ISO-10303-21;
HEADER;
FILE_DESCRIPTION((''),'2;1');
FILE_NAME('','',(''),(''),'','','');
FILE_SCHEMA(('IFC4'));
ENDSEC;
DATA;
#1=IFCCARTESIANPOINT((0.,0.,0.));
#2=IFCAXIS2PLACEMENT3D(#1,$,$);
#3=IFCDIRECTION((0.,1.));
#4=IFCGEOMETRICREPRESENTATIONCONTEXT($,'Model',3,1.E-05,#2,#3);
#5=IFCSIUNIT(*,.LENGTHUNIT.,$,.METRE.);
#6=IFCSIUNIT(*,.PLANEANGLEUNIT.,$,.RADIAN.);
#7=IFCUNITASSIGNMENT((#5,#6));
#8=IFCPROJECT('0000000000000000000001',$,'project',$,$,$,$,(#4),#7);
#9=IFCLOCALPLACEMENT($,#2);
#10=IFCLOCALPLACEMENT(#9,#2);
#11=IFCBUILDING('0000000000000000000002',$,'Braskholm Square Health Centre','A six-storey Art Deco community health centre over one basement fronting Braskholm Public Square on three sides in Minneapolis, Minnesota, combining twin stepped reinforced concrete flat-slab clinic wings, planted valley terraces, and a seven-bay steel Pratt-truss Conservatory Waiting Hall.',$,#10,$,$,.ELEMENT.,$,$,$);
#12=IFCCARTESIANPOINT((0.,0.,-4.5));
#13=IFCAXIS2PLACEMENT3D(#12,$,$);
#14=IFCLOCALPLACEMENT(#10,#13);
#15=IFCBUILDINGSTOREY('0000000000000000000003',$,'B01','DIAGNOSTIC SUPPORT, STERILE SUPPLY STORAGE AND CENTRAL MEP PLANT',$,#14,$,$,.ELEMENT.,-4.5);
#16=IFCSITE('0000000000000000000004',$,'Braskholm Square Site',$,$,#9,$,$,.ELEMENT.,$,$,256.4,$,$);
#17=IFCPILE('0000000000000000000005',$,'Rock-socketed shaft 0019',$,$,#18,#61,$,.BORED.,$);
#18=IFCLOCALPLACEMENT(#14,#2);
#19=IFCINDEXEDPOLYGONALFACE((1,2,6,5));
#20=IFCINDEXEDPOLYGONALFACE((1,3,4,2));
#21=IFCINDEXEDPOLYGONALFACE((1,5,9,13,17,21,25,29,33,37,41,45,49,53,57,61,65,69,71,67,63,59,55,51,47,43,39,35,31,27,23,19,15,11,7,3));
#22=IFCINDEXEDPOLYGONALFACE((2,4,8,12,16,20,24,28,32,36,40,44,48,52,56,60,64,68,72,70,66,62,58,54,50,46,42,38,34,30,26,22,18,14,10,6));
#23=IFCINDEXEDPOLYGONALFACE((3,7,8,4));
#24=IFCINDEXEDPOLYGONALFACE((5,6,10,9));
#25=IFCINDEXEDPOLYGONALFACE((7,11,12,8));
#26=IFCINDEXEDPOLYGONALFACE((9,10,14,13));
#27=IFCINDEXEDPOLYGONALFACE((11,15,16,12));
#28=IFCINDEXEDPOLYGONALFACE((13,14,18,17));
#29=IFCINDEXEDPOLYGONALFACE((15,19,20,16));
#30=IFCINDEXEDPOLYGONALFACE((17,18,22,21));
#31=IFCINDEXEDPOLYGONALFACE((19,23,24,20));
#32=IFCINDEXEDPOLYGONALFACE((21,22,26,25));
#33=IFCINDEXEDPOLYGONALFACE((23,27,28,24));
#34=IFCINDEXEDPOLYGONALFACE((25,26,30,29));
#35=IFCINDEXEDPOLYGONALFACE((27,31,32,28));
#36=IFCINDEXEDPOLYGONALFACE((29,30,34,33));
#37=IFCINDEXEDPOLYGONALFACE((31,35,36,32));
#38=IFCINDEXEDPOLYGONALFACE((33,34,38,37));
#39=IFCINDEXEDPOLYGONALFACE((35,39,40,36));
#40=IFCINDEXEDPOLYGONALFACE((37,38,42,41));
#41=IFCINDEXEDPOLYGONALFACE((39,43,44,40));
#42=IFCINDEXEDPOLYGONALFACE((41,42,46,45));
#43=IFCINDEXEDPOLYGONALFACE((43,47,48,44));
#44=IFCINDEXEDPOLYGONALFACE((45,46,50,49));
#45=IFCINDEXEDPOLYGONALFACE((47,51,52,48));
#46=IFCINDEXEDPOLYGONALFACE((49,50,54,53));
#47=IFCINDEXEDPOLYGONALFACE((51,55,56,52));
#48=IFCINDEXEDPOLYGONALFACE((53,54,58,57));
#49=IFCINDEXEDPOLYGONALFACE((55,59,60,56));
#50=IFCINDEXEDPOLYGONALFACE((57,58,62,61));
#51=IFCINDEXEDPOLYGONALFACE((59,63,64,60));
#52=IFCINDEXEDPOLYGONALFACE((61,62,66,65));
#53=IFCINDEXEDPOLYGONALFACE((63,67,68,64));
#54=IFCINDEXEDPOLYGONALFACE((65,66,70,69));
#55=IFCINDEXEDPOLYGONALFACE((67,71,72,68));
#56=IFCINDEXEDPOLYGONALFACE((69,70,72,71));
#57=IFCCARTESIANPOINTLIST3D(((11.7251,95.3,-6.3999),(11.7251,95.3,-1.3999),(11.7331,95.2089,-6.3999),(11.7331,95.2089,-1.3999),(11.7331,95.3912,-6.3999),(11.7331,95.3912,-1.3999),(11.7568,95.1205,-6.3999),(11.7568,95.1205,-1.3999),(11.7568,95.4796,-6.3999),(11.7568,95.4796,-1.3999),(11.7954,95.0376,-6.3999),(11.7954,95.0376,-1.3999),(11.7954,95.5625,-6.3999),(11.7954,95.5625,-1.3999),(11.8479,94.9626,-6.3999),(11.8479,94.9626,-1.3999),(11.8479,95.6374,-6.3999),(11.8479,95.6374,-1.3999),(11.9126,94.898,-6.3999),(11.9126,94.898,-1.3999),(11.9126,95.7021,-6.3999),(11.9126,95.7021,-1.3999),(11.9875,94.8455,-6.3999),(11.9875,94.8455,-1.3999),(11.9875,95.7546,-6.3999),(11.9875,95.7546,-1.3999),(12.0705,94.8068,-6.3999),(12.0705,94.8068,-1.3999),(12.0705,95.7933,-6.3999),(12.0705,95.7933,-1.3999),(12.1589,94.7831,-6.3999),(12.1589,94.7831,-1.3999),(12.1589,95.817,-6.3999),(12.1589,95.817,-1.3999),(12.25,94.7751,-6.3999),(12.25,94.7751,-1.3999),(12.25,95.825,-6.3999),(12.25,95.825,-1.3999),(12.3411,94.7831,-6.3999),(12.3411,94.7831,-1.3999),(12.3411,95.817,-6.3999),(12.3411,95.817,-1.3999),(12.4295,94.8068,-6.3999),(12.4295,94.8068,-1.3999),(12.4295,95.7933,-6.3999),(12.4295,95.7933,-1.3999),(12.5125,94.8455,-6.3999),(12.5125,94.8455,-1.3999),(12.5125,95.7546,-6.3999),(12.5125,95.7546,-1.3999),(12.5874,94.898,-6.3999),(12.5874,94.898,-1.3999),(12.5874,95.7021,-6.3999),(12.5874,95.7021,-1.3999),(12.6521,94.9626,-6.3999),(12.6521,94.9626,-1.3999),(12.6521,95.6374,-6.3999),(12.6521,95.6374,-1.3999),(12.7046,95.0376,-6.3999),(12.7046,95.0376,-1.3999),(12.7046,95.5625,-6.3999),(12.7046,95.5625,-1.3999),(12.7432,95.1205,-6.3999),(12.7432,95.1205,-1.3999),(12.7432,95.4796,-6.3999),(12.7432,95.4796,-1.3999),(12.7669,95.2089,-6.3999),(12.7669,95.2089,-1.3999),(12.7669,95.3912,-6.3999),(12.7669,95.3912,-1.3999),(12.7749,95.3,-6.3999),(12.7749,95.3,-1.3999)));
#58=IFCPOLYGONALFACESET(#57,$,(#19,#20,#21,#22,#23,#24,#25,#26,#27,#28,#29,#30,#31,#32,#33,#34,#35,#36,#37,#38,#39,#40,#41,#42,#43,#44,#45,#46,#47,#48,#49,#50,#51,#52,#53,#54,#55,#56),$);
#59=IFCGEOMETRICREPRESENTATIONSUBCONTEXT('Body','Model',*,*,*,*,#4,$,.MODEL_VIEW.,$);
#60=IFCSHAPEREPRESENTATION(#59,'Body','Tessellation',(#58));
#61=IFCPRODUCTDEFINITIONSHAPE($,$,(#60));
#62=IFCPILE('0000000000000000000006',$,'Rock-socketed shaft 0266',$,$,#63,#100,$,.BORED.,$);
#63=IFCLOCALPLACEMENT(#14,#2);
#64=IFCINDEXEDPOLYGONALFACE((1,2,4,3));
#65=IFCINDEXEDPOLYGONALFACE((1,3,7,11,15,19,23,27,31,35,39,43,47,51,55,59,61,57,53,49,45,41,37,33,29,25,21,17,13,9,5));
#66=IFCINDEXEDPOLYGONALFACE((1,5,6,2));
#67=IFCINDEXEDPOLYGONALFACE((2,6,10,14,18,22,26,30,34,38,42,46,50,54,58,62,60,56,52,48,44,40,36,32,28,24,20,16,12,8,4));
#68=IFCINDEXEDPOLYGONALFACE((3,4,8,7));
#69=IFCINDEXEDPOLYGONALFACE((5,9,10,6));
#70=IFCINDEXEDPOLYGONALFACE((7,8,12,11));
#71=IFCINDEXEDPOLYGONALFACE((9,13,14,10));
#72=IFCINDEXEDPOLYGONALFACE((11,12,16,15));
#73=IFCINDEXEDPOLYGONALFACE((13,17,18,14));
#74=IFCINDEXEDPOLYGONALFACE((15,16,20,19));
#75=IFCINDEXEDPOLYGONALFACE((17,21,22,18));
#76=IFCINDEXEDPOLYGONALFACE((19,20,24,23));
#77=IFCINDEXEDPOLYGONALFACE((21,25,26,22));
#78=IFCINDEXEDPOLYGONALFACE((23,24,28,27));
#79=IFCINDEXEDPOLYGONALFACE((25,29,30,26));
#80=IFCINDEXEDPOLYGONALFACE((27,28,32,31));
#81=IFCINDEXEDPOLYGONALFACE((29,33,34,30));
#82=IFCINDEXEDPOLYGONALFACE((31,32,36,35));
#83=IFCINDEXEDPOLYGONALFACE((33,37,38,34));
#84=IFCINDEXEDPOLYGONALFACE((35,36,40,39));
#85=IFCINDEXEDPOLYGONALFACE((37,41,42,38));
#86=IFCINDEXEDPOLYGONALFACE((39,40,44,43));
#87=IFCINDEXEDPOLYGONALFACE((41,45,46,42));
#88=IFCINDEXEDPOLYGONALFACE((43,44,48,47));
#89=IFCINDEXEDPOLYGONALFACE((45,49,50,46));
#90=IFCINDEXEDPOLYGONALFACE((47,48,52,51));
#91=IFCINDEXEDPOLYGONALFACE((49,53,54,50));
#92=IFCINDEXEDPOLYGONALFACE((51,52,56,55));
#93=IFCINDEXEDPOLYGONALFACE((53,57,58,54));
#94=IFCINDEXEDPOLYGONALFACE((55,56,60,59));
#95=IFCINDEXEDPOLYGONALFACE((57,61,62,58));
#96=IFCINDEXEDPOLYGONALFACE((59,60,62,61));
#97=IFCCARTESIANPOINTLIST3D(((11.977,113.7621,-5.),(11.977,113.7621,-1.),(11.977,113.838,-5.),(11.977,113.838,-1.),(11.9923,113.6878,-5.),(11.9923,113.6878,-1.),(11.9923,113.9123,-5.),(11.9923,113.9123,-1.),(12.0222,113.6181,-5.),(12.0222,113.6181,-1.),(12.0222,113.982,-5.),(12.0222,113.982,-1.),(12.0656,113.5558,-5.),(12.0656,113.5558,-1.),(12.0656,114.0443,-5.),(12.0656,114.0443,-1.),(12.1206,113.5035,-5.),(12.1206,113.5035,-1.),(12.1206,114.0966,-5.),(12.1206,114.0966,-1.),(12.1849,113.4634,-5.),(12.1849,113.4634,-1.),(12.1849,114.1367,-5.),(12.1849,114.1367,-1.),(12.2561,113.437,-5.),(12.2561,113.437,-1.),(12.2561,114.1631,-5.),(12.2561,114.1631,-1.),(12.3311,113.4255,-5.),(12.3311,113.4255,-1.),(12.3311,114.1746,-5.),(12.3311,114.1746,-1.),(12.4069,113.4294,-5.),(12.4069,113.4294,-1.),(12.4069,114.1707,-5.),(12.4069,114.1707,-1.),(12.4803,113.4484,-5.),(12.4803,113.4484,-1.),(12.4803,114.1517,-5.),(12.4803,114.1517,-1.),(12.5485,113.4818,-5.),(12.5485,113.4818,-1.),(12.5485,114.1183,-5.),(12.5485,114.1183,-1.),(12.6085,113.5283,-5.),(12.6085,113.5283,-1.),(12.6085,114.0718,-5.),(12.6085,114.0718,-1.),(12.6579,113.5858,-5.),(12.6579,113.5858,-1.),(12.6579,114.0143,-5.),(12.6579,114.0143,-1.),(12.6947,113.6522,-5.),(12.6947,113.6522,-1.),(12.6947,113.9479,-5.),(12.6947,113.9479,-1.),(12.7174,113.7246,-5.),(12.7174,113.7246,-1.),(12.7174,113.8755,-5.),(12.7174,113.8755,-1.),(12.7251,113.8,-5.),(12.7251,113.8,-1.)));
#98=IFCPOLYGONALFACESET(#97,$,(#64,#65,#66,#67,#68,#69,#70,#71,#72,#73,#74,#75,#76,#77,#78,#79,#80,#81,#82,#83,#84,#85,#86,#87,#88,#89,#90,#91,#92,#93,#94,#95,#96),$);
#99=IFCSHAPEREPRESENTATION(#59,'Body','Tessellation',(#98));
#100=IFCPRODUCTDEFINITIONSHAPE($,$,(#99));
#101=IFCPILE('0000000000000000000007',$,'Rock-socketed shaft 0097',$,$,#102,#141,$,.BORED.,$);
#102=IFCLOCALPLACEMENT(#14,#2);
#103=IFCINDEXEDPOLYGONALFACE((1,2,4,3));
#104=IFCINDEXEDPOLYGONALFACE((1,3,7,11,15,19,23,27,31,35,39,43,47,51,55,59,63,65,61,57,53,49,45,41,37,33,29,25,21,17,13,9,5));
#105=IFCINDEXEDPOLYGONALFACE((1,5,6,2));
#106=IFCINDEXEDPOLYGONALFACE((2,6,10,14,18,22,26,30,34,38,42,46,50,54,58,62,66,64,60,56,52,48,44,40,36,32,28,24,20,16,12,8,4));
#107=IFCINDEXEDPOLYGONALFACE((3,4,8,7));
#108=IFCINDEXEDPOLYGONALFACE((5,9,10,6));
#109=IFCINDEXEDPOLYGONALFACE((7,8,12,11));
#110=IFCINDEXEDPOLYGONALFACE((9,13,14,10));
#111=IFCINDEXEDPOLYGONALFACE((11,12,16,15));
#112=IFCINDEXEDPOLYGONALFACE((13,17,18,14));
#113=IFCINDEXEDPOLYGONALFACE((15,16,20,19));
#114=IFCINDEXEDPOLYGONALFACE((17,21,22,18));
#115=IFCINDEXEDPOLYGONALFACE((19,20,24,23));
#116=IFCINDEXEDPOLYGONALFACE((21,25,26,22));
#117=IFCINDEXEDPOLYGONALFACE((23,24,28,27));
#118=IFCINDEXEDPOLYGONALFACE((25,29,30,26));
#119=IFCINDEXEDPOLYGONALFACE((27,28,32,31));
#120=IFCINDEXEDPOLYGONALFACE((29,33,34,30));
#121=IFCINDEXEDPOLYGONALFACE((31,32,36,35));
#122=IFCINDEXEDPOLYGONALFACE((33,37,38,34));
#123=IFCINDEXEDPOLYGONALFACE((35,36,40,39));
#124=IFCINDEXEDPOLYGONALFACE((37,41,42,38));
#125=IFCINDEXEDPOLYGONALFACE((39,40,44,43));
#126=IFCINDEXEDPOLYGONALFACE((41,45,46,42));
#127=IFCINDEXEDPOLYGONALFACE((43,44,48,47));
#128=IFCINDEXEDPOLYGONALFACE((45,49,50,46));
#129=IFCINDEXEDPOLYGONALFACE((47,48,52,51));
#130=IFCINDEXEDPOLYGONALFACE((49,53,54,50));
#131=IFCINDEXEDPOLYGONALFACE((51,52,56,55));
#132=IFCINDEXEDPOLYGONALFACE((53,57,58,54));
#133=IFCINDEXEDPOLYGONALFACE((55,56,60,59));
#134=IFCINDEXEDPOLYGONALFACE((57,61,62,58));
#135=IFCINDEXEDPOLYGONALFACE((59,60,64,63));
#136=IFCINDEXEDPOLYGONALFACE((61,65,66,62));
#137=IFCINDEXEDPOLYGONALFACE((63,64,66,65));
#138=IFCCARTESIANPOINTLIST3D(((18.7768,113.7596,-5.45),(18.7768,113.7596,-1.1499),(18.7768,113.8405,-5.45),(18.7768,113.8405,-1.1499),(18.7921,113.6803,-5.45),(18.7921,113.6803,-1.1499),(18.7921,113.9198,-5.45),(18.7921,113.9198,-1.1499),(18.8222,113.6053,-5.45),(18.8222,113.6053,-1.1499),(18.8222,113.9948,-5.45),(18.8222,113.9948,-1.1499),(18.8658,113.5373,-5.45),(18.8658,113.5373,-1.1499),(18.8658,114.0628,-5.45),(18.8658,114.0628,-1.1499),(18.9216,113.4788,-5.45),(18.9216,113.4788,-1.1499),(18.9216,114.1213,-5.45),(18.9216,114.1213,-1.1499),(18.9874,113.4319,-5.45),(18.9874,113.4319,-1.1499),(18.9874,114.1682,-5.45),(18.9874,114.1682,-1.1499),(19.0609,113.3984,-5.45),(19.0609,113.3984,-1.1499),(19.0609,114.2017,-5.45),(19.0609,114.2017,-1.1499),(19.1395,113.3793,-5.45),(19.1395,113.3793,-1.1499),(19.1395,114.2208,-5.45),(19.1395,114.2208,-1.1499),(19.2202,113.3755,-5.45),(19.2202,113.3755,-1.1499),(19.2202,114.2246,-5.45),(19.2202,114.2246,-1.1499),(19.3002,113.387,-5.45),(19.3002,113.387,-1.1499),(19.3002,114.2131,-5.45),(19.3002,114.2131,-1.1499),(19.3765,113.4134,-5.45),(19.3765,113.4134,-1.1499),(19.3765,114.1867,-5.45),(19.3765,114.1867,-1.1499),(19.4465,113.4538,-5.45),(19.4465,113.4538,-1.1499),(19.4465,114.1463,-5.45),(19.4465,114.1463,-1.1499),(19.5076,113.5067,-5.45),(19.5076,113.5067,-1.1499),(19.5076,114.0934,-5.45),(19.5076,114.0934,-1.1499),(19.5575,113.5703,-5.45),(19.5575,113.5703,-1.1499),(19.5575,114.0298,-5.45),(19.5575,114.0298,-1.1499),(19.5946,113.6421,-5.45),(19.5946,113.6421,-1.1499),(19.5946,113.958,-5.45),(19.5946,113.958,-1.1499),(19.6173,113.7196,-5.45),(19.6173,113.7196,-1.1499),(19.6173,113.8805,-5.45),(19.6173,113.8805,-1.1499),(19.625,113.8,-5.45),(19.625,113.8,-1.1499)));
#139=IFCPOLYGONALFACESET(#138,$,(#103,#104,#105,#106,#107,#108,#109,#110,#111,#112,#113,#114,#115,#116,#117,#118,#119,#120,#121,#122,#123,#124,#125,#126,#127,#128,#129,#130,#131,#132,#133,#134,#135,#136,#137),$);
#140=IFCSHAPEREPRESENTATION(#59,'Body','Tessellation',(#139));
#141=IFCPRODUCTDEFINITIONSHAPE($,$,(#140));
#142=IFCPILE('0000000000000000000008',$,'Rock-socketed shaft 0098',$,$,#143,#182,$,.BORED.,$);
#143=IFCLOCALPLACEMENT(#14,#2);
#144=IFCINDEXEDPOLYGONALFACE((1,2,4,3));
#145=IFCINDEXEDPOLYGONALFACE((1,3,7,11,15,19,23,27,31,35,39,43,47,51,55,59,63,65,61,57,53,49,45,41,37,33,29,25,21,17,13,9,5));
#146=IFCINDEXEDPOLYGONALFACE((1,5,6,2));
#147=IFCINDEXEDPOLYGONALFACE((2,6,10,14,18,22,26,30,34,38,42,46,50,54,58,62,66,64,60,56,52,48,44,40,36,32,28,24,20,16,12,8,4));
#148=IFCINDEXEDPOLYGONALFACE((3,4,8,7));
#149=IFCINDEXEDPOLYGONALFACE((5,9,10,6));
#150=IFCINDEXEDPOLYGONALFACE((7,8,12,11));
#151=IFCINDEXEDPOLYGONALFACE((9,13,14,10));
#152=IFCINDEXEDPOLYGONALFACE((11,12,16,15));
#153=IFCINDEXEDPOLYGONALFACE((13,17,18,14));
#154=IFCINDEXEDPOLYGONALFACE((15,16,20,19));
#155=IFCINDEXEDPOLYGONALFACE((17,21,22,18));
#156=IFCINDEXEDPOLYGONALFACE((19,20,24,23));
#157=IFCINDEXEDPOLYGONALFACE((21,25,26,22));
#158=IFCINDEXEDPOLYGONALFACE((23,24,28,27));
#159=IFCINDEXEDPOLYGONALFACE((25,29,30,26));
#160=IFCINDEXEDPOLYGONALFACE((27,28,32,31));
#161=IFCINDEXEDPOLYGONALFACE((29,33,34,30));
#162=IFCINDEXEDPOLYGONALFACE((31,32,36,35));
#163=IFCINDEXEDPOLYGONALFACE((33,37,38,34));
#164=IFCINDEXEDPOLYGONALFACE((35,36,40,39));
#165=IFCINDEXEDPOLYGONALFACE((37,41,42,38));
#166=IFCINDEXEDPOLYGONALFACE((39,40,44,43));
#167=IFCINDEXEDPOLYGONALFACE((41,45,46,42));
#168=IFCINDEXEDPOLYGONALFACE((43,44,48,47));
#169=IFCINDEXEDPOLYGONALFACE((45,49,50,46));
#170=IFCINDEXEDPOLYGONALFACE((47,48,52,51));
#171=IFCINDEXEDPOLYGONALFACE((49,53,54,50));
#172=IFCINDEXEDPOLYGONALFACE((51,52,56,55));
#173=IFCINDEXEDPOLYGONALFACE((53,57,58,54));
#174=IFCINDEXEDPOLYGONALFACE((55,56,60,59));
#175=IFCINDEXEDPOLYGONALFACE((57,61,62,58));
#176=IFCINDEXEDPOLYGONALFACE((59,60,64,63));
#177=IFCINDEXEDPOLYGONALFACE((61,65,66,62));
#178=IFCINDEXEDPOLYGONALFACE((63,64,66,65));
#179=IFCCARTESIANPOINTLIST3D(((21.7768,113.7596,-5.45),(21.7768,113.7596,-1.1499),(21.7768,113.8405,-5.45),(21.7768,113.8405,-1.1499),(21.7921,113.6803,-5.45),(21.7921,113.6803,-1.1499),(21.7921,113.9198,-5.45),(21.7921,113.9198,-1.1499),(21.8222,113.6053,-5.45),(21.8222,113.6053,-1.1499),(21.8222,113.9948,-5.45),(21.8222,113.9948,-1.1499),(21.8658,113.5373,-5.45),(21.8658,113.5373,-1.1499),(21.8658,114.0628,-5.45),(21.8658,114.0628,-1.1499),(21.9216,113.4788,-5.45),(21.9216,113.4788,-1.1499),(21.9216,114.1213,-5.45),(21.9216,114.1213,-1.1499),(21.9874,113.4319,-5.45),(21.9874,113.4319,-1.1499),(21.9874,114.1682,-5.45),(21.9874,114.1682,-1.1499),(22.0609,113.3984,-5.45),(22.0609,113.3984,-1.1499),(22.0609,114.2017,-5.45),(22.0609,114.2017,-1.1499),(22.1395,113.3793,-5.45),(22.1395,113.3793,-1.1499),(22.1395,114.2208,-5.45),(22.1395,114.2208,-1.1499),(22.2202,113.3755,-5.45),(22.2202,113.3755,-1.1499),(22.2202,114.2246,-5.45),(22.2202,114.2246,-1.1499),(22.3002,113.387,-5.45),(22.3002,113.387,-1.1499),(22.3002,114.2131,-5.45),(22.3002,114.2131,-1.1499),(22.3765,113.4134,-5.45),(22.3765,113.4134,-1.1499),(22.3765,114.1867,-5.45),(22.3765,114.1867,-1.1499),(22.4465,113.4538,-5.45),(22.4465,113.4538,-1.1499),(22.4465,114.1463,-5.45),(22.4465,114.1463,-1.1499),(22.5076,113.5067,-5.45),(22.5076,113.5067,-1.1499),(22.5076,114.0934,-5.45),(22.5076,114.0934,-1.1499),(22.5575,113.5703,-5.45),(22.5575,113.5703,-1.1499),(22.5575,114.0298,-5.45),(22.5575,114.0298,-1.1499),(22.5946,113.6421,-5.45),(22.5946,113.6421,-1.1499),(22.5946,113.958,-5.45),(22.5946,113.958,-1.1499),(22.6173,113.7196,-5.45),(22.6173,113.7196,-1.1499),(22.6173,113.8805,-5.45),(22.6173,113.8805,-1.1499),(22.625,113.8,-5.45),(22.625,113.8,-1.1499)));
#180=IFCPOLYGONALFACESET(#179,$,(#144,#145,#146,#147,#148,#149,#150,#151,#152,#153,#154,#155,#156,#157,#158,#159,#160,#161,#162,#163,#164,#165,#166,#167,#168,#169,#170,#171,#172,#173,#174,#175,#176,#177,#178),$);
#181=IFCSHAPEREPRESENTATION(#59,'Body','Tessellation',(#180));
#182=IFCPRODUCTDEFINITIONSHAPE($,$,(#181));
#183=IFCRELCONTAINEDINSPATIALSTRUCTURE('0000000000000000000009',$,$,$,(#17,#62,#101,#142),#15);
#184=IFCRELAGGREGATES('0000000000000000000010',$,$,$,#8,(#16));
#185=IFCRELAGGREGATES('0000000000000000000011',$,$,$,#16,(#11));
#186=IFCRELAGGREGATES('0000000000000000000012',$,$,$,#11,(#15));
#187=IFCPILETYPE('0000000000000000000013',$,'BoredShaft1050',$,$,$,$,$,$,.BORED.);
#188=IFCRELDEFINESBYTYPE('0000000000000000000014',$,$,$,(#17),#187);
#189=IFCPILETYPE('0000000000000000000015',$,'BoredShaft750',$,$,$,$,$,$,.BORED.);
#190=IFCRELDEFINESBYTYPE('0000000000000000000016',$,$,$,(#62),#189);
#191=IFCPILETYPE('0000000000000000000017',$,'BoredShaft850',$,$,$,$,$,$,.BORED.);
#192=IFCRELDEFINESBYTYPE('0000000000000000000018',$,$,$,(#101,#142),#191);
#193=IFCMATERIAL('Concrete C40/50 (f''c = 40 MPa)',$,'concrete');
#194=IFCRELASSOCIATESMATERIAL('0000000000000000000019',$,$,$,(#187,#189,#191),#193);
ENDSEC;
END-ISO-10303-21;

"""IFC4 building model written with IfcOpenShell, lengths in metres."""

from ifc_helpers import new_model, si_unit, direction, frame, origin, origin_2d, place, context, subcontext, project, spatial, circle, extrude, material, material_profile, profile_set, type_object, element, save


model = new_model("IFC4")

# Units and contexts
model_context = context("Model", 3, precision=1e-05, world=origin(), true_north=direction((0.0, 1.0)))
body_context = subcontext(model_context, "Body", "Model", "MODEL_VIEW")
ifc_project = project(units=[si_unit("LENGTHUNIT", "METRE"), si_unit("PLANEANGLEUNIT", "RADIAN")], contexts=[model_context])

# Site, building, storey
site_placement = place(None, origin())
site = spatial("IfcSite", under=ifc_project, at=site_placement, Name="Braskholm Square Site", CompositionType="ELEMENT", RefElevation=256.4)
building_placement = place(site_placement, origin())
building = spatial("IfcBuilding", under=site, at=building_placement, Name="Braskholm Square Health Centre", Description="A six-storey Art Deco community health centre over one basement fronting Braskholm Public Square on three sides in Minneapolis, Minnesota, combining twin stepped reinforced concrete flat-slab clinic wings, planted valley terraces, and a seven-bay steel Pratt-truss Conservatory Waiting Hall.", CompositionType="ELEMENT")
storey_placement = place(building_placement, frame((0.0, 0.0, -4.5)))
storey = spatial("IfcBuildingStorey", under=building, at=storey_placement, Name="B01", Description="DIAGNOSTIC SUPPORT, STERILE SUPPLY STORAGE AND CENTRAL MEP PLANT", CompositionType="ELEMENT", Elevation=-4.5)

# Piles
ifc_material_1 = material(Name="Concrete C40/50 (f'c = 40 MPa)", Category="concrete")
ifc_material_profile_1 = material_profile(ifc_material_1, circle(Radius=0.5249, at=origin_2d()), Name="BORED-PILE-1050")
ifc_profile_set_1 = profile_set([ifc_material_profile_1], Name="Concrete C40/50 (f'c = 40 MPa)")
pile_type_1 = type_object("IfcPileType", Name="BoredShaft1050", PredefinedType="BORED", material=ifc_profile_set_1)
pile_1_placement = place(storey_placement, frame((12.25, 95.3, -1.3999), z_axis=(0.0, 0.0, -1.0), x_axis=(1.0, 0.0, 0.0)))
element("IfcPile", 1, at=pile_1_placement, inside=storey, type_object=pile_type_1, Name="Rock-socketed shaft 0019", PredefinedType="BORED", context=body_context, shape_type="SweptSolid", body=[
    extrude(circle(Radius=0.5249, at=origin_2d()), origin(), (0.0, 0.0, 1.0), 5.0),
])
ifc_material_profile_2 = material_profile(ifc_material_1, circle(Radius=0.375, at=origin_2d()), Name="BORED-PILE-750")
ifc_profile_set_2 = profile_set([ifc_material_profile_2], Name="Concrete C40/50 (f'c = 40 MPa)")
pile_type_2 = type_object("IfcPileType", Name="BoredShaft750", PredefinedType="BORED", material=ifc_profile_set_2)
pile_2_placement = place(storey_placement, frame((12.3501, 113.8, -1.0), z_axis=(0.0, 0.0, -1.0), x_axis=(1.0, 0.0, 0.0)))
element("IfcPile", 2, at=pile_2_placement, inside=storey, type_object=pile_type_2, Name="Rock-socketed shaft 0266", PredefinedType="BORED", context=body_context, shape_type="SweptSolid", body=[
    extrude(circle(Radius=0.375, at=origin_2d()), origin(), (0.0, 0.0, 1.0), 4.0),
])
ifc_material_profile_3 = material_profile(ifc_material_1, circle(Radius=0.425, at=origin_2d()), Name="BORED-PILE-850")
ifc_profile_set_3 = profile_set([ifc_material_profile_3], Name="Concrete C40/50 (f'c = 40 MPa)")
pile_type_3 = type_object("IfcPileType", Name="BoredShaft850", PredefinedType="BORED", material=ifc_profile_set_3)
for number, where, z_axis, x_axis, name in (
    (3, (19.2, 113.8, -1.1499), (0.0, 0.0, -1.0), (1.0, 0.0, 0.0), "Rock-socketed shaft 0097"),
    (4, (22.2, 113.8, -1.1499), (0.0, 0.0, -1.0), (1.0, 0.0, 0.0), "Rock-socketed shaft 0098"),
):
    element("IfcPile", number, at=place(storey_placement, frame(where, z_axis=z_axis, x_axis=x_axis)), inside=storey, type_object=pile_type_3, Name=name, PredefinedType="BORED", context=body_context, shape_type="SweptSolid", body=[
        extrude(circle(Radius=0.425, at=origin_2d()), origin(), (0.0, 0.0, 1.0), 4.3),
    ])

save(model, "model.ifc")
